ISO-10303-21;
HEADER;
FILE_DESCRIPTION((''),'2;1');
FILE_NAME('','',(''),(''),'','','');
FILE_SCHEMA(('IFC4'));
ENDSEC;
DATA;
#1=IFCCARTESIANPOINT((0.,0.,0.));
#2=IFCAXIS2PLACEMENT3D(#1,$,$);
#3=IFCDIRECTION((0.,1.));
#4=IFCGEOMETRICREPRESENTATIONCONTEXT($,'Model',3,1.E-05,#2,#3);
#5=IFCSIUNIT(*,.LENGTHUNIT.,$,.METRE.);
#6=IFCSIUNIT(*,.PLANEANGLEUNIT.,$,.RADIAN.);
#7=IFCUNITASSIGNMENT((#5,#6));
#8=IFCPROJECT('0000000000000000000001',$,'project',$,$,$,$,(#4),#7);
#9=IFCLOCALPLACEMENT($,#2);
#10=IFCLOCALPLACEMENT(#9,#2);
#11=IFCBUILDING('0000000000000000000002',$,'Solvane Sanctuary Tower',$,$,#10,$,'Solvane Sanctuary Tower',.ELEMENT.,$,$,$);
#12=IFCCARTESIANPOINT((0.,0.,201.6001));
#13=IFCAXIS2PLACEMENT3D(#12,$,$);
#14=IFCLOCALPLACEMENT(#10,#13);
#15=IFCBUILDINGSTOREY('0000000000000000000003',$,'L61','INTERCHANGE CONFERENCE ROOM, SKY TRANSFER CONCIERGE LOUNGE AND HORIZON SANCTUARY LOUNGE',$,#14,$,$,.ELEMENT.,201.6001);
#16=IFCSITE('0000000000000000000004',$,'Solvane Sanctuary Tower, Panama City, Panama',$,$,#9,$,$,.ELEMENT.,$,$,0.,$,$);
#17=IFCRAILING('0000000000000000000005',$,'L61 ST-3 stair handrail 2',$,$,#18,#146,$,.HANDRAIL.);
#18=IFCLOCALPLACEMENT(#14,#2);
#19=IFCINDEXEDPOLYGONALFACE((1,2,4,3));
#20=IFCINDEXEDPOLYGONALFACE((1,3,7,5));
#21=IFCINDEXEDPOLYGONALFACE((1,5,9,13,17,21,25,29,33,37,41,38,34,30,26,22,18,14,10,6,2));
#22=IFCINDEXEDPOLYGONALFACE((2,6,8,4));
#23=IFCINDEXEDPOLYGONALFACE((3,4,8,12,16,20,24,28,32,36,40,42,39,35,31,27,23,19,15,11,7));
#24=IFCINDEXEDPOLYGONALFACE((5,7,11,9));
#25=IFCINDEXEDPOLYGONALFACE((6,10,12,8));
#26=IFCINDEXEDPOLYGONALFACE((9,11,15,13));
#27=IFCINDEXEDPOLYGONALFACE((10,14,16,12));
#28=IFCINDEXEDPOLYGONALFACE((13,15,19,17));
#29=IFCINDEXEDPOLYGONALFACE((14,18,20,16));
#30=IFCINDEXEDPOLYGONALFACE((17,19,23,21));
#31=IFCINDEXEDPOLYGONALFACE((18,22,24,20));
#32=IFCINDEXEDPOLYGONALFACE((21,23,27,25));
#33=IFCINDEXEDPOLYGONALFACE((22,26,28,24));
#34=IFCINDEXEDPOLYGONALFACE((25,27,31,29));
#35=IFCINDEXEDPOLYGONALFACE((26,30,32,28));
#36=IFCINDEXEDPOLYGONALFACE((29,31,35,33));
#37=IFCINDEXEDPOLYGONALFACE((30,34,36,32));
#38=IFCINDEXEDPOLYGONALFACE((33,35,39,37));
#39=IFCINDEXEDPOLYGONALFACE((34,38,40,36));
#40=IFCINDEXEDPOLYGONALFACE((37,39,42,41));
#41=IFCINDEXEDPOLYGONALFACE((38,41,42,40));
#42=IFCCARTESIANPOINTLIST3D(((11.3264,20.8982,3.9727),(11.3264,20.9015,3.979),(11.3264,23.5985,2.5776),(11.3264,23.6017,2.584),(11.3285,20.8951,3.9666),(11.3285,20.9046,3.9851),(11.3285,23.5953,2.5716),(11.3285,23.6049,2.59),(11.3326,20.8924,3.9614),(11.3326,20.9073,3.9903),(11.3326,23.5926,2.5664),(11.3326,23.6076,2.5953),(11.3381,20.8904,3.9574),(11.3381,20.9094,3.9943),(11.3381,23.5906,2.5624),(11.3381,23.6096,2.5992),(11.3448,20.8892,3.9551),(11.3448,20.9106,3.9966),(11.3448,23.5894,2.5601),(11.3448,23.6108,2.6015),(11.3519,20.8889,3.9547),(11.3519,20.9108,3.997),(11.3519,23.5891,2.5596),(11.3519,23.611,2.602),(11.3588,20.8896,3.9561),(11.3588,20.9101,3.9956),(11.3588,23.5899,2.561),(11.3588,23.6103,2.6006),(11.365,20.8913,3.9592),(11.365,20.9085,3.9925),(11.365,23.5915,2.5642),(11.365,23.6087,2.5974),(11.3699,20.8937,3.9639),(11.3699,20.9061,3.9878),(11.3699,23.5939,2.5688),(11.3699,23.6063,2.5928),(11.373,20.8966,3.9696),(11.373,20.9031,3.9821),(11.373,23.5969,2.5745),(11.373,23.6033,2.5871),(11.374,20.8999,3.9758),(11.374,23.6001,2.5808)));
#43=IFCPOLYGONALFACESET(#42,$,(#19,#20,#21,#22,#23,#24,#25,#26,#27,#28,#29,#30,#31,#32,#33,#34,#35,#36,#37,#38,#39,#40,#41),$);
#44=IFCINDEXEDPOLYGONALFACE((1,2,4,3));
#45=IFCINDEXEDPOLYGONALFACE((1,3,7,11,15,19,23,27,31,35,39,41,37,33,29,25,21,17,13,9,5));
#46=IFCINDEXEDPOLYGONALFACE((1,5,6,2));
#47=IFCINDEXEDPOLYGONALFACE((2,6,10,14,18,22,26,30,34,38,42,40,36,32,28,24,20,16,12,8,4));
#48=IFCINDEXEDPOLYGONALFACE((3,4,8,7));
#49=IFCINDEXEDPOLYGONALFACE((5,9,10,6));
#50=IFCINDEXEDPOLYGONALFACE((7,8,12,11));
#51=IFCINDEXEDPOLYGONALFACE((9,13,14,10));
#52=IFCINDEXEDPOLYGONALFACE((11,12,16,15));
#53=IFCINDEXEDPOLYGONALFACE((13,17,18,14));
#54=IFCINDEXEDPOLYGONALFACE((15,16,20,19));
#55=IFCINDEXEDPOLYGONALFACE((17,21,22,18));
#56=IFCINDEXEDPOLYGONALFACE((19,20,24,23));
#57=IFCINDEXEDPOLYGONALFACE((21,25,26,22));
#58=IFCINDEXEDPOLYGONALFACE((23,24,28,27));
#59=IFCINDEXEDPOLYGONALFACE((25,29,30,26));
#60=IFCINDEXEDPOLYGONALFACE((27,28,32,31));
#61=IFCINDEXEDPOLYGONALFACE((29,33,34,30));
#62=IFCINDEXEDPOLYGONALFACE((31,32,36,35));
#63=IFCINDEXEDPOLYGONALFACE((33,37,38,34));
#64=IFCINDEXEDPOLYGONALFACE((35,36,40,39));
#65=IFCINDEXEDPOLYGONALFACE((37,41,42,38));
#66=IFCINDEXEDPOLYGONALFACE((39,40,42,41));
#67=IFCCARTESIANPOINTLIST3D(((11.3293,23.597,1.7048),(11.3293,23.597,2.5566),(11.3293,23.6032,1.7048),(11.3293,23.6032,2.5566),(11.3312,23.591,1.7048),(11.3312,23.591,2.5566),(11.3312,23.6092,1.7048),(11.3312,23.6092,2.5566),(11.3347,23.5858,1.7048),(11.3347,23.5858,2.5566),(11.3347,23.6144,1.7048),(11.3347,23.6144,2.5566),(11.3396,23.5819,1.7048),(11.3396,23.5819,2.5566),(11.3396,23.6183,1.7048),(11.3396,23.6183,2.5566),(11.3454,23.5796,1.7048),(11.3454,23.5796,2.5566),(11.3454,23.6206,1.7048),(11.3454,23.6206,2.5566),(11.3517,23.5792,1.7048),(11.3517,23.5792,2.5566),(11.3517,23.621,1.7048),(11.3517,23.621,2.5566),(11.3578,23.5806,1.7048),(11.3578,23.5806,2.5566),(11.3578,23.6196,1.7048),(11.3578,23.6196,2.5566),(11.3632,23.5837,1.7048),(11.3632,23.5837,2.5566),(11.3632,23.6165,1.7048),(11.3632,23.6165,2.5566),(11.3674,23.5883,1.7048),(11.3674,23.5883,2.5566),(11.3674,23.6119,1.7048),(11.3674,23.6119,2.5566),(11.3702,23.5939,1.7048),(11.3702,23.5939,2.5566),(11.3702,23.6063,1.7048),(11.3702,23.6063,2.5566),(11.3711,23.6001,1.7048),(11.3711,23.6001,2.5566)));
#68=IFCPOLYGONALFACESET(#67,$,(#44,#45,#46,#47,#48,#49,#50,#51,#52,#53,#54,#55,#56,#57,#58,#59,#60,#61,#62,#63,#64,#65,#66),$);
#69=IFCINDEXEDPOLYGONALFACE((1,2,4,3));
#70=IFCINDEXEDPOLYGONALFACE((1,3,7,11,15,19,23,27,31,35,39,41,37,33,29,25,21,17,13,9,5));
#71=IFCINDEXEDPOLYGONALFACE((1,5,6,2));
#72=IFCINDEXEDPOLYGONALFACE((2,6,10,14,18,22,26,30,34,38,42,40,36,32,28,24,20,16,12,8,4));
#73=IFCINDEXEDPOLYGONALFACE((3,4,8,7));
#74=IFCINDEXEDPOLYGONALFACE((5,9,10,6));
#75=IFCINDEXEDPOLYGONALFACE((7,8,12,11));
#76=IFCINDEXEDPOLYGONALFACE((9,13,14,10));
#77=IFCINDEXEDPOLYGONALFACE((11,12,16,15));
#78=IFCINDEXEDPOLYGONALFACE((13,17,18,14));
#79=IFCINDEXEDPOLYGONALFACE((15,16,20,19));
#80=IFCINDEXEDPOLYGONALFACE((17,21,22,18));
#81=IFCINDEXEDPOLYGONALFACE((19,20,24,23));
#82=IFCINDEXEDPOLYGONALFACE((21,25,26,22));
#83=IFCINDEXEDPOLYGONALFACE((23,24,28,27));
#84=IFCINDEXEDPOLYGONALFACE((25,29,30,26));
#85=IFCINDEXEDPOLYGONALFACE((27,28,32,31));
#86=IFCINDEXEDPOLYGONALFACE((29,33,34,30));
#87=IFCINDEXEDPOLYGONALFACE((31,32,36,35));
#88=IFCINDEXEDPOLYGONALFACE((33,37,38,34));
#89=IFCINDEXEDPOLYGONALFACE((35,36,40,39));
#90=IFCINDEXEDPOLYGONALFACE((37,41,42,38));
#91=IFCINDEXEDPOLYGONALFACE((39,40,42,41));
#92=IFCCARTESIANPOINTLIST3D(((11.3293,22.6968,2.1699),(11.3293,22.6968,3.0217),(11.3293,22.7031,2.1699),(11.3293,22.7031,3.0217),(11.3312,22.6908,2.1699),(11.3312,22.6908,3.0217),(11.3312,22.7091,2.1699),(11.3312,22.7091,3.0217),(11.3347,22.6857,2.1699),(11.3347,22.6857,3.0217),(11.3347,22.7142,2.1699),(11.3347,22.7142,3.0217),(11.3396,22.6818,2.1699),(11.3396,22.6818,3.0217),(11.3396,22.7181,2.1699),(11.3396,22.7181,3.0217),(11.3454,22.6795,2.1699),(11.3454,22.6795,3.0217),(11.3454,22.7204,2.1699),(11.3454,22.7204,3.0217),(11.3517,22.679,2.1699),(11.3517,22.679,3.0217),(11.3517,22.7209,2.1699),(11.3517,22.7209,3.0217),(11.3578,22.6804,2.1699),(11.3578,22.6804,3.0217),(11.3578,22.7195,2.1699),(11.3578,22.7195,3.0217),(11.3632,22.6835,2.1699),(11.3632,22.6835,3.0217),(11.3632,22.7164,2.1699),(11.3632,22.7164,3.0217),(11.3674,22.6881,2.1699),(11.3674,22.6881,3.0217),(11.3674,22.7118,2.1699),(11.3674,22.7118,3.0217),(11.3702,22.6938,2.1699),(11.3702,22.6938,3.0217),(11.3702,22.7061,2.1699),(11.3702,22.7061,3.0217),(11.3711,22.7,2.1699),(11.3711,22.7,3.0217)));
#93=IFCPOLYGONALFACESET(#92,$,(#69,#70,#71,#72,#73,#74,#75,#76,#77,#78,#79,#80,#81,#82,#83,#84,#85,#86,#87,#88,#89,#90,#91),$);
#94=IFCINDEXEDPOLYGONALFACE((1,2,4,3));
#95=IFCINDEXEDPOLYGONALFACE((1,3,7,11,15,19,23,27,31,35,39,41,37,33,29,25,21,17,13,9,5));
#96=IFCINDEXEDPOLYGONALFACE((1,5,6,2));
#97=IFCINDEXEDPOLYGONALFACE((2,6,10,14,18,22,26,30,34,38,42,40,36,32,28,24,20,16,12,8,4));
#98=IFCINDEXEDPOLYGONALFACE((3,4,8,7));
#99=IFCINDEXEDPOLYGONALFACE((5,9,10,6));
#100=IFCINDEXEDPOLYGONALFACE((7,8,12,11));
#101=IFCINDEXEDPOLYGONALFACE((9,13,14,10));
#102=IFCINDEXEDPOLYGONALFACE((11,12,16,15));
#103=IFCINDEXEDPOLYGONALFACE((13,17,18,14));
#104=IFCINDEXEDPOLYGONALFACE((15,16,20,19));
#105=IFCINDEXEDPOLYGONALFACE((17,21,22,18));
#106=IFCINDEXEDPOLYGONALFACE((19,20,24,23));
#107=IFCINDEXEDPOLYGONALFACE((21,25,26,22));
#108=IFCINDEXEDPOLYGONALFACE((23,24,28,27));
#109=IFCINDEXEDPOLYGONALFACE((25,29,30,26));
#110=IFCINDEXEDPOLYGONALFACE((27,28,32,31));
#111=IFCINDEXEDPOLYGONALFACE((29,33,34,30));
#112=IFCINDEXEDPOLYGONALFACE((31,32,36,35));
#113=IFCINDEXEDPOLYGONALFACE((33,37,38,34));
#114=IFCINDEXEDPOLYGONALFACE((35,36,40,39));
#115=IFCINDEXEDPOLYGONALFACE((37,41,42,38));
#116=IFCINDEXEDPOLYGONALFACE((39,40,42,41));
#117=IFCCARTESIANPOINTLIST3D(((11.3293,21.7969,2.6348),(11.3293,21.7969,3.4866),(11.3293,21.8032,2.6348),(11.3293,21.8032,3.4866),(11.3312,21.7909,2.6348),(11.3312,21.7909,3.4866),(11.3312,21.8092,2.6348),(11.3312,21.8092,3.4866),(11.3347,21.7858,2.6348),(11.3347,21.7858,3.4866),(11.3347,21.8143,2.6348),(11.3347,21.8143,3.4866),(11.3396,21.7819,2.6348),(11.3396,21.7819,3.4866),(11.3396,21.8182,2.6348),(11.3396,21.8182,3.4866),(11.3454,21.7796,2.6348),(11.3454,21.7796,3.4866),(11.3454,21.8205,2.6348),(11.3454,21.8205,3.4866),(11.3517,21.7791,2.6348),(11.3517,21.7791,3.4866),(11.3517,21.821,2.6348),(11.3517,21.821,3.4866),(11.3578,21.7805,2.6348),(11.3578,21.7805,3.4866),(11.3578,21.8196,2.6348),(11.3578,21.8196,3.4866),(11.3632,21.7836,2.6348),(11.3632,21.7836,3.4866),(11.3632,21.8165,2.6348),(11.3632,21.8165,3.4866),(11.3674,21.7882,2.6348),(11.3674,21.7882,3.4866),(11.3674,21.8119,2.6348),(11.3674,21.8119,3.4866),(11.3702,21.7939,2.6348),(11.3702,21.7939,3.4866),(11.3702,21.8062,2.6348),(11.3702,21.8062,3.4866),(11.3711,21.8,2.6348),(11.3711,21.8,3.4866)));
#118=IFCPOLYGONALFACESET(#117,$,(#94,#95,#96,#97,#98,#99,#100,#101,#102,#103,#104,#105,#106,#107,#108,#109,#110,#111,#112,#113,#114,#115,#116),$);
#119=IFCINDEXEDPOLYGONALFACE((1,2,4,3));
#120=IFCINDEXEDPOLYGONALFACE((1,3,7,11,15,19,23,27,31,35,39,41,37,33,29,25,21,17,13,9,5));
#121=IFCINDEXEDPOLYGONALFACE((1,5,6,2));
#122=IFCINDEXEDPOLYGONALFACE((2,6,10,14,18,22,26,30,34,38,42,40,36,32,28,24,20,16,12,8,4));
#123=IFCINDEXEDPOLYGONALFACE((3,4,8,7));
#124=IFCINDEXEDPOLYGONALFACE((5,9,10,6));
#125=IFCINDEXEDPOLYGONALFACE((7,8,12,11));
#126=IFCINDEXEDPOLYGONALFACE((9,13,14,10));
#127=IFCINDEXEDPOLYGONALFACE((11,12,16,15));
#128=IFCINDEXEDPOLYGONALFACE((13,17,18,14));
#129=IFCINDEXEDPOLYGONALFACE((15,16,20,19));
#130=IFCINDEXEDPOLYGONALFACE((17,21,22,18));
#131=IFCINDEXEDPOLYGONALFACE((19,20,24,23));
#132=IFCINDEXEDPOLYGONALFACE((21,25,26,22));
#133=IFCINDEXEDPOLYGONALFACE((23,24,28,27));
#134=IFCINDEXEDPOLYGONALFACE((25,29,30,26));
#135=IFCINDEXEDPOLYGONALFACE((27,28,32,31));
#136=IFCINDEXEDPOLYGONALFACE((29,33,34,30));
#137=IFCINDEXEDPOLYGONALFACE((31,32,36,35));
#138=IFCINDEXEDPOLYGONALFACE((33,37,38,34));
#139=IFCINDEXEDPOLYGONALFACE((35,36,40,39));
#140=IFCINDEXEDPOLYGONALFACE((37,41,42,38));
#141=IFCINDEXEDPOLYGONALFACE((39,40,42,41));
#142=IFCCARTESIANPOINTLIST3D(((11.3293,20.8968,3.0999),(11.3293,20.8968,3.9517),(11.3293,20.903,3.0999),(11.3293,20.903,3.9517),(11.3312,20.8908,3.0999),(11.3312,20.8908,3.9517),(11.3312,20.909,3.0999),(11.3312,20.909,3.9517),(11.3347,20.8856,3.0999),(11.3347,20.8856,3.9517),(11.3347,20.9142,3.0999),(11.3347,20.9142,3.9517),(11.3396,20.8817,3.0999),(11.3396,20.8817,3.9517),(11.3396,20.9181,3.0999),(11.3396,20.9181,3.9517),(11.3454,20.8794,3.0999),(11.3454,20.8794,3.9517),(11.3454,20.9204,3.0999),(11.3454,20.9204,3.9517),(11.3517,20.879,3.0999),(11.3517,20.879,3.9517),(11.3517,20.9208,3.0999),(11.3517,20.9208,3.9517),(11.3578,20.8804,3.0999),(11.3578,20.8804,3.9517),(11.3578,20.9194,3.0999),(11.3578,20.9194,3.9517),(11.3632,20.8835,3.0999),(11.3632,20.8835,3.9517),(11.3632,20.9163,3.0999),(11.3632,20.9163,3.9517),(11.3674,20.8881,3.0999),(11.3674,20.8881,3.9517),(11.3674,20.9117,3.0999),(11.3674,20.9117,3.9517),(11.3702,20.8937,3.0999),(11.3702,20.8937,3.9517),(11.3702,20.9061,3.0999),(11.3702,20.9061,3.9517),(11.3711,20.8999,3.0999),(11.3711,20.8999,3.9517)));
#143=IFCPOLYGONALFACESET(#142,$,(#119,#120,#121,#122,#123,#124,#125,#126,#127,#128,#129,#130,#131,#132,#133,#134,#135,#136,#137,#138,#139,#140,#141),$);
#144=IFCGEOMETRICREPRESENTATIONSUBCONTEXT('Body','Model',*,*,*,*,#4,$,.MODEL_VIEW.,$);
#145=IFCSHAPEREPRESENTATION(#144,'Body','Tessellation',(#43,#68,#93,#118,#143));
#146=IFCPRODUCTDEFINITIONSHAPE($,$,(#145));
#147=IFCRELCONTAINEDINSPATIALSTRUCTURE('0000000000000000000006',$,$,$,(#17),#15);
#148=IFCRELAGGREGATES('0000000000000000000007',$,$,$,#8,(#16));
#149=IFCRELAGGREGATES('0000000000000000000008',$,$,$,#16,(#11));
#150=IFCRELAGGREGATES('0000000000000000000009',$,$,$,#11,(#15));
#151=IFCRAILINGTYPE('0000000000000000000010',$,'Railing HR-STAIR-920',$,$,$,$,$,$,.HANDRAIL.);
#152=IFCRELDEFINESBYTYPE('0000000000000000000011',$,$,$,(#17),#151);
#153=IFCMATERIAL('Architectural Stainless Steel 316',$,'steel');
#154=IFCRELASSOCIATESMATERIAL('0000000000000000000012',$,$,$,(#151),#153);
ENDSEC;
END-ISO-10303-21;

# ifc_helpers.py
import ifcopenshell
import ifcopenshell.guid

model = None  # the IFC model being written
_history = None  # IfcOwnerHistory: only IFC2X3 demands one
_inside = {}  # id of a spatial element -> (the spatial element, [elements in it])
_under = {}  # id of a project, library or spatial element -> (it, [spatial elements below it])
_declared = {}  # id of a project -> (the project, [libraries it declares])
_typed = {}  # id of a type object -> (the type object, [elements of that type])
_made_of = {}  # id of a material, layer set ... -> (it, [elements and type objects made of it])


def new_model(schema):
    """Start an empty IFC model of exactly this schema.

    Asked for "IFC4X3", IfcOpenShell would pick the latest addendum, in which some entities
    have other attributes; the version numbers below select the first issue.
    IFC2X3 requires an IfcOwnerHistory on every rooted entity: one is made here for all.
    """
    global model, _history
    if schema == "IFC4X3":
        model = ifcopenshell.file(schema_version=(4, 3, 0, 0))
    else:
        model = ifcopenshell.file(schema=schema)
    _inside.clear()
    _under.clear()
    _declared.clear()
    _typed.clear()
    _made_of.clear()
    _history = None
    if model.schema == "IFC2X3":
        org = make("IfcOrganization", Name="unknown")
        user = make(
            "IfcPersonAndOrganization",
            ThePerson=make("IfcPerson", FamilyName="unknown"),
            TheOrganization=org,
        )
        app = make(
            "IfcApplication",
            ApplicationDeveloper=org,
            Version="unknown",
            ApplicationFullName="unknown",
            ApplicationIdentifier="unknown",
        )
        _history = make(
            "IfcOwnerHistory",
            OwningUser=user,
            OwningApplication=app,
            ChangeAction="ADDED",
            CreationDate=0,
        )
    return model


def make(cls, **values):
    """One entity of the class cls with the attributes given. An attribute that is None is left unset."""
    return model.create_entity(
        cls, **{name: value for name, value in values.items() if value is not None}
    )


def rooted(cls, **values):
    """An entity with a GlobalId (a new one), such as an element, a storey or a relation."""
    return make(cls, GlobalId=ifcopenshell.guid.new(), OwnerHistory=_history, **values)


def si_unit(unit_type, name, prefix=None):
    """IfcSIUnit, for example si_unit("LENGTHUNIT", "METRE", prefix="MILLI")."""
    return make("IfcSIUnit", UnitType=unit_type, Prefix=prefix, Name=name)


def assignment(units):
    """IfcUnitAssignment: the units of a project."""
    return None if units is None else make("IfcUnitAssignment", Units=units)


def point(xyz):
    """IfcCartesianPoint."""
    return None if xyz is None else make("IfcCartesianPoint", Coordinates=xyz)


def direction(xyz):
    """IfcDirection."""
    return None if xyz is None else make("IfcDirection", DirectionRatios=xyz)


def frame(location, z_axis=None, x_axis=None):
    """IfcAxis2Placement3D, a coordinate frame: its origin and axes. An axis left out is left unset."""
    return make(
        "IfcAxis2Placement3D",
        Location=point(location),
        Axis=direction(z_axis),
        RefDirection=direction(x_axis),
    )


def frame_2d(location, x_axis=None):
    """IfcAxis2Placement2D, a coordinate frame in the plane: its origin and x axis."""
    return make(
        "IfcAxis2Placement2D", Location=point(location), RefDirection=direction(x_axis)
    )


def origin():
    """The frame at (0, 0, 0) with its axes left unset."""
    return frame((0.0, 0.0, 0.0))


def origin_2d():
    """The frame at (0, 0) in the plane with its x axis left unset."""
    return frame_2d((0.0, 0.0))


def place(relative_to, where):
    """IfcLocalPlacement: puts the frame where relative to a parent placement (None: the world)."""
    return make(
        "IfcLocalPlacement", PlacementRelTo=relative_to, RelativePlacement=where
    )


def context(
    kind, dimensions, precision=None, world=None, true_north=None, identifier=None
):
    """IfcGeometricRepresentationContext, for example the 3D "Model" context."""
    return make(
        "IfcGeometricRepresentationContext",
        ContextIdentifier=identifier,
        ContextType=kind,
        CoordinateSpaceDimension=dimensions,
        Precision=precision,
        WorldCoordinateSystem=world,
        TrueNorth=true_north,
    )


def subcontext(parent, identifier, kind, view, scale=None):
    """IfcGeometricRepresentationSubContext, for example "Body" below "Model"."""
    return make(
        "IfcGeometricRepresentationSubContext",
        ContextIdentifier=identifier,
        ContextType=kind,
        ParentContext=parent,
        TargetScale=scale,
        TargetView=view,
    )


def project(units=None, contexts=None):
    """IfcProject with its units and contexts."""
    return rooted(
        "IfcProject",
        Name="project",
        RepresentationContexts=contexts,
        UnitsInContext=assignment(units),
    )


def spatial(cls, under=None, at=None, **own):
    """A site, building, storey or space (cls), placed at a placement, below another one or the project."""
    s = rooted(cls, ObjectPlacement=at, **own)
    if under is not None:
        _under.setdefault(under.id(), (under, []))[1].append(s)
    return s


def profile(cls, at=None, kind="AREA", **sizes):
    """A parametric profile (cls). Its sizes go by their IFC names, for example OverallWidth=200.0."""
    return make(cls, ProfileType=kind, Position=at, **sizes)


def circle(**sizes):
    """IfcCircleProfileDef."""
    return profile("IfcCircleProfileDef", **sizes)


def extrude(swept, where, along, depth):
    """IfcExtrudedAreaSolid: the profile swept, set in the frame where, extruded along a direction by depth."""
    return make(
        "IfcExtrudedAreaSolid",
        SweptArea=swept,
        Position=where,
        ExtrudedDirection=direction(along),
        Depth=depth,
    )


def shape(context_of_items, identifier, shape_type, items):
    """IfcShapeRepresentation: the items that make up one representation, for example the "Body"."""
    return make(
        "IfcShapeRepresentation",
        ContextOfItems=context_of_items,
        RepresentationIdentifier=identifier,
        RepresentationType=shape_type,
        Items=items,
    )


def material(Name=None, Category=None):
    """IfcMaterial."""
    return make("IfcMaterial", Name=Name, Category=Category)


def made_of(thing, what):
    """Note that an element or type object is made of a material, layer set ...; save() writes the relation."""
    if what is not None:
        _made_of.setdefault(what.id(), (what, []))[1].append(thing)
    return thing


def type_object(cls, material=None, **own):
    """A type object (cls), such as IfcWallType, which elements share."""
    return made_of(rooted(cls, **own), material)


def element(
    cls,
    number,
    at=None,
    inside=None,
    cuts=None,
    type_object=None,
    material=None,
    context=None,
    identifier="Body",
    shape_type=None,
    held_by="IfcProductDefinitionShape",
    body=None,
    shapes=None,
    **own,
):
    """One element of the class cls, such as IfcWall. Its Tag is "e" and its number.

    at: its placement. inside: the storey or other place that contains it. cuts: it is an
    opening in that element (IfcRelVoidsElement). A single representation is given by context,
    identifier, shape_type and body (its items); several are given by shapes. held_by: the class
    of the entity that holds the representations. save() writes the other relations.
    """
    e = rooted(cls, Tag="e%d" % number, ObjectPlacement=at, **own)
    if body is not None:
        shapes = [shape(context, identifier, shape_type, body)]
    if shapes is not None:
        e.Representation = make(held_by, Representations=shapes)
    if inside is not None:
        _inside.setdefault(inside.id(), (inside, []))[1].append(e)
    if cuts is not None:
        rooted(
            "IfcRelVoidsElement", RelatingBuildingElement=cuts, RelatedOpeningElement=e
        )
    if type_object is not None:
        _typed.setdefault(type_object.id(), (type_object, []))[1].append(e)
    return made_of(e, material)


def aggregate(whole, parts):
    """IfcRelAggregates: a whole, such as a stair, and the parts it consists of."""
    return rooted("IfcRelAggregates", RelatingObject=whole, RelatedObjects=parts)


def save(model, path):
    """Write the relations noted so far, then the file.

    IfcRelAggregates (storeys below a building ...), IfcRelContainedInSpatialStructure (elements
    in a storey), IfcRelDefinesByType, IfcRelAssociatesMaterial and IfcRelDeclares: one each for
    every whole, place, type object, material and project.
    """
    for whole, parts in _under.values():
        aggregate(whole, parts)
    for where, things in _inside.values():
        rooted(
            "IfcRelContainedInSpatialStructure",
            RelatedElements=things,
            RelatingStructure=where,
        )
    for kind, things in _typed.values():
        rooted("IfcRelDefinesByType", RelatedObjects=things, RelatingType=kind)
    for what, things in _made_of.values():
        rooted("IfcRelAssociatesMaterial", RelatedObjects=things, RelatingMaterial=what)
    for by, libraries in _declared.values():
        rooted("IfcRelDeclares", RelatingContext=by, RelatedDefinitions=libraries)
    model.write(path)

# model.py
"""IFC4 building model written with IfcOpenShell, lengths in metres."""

from ifc_helpers import new_model, si_unit, direction, frame, origin, origin_2d, place, context, subcontext, project, spatial, circle, extrude, material, type_object, element, save


model = new_model("IFC4")

# Units and contexts
model_context = context("Model", 3, precision=1e-05, world=origin(), true_north=direction((0.0, 1.0)))
body_context = subcontext(model_context, "Body", "Model", "MODEL_VIEW")
ifc_project = project(units=[si_unit("LENGTHUNIT", "METRE"), si_unit("PLANEANGLEUNIT", "RADIAN")], contexts=[model_context])

# Site, building, storey
site_placement = place(None, origin())
site = spatial("IfcSite", under=ifc_project, at=site_placement, Name="Solvane Sanctuary Tower, Panama City, Panama", CompositionType="ELEMENT", RefElevation=0.0)
building_placement = place(site_placement, origin())
building = spatial("IfcBuilding", under=site, at=building_placement, Name="Solvane Sanctuary Tower", LongName="Solvane Sanctuary Tower", CompositionType="ELEMENT")
storey_placement = place(building_placement, frame((0.0, 0.0, 201.6001)))
storey = spatial("IfcBuildingStorey", under=building, at=storey_placement, Name="L61", Description="INTERCHANGE CONFERENCE ROOM, SKY TRANSFER CONCIERGE LOUNGE AND HORIZON SANCTUARY LOUNGE", CompositionType="ELEMENT", Elevation=201.6001)

# Shared definitions
ifc_material_1 = material(Name="Architectural Stainless Steel 316", Category="steel")

# Railing
railing_type_1 = type_object("IfcRailingType", Name="Railing HR-STAIR-920", PredefinedType="HANDRAIL", material=ifc_material_1)
railing_1_placement = place(storey_placement, frame((11.3501, 23.6001, 1.7048)))
element("IfcRailing", 1, at=railing_1_placement, inside=storey, type_object=railing_type_1, Name="L61 ST-3 stair handrail 2", PredefinedType="HANDRAIL", context=body_context, shape_type="SweptSolid", body=[
    extrude(circle(Radius=0.0239, at=origin_2d()), frame((0.0, 0.0, 0.876), z_axis=(0.0, -0.888437, 0.458999), x_axis=(1.0, 0.0, 0.0)), (0.0, 0.0, 1.0), 3.0393),
    extrude(circle(Radius=0.021, at=origin_2d()), origin(), (0.0, 0.0, 1.0), 0.8518),
    extrude(circle(Radius=0.021, at=origin_2d()), frame((0.0, -0.9001, 0.4651)), (0.0, 0.0, 1.0), 0.8518),
    extrude(circle(Radius=0.021, at=origin_2d()), frame((0.0, -1.8, 0.9299)), (0.0, 0.0, 1.0), 0.8518),
    extrude(circle(Radius=0.021, at=origin_2d()), frame((0.0, -2.7002, 1.395)), (0.0, 0.0, 1.0), 0.8518),
])

save(model, "model.ifc")
